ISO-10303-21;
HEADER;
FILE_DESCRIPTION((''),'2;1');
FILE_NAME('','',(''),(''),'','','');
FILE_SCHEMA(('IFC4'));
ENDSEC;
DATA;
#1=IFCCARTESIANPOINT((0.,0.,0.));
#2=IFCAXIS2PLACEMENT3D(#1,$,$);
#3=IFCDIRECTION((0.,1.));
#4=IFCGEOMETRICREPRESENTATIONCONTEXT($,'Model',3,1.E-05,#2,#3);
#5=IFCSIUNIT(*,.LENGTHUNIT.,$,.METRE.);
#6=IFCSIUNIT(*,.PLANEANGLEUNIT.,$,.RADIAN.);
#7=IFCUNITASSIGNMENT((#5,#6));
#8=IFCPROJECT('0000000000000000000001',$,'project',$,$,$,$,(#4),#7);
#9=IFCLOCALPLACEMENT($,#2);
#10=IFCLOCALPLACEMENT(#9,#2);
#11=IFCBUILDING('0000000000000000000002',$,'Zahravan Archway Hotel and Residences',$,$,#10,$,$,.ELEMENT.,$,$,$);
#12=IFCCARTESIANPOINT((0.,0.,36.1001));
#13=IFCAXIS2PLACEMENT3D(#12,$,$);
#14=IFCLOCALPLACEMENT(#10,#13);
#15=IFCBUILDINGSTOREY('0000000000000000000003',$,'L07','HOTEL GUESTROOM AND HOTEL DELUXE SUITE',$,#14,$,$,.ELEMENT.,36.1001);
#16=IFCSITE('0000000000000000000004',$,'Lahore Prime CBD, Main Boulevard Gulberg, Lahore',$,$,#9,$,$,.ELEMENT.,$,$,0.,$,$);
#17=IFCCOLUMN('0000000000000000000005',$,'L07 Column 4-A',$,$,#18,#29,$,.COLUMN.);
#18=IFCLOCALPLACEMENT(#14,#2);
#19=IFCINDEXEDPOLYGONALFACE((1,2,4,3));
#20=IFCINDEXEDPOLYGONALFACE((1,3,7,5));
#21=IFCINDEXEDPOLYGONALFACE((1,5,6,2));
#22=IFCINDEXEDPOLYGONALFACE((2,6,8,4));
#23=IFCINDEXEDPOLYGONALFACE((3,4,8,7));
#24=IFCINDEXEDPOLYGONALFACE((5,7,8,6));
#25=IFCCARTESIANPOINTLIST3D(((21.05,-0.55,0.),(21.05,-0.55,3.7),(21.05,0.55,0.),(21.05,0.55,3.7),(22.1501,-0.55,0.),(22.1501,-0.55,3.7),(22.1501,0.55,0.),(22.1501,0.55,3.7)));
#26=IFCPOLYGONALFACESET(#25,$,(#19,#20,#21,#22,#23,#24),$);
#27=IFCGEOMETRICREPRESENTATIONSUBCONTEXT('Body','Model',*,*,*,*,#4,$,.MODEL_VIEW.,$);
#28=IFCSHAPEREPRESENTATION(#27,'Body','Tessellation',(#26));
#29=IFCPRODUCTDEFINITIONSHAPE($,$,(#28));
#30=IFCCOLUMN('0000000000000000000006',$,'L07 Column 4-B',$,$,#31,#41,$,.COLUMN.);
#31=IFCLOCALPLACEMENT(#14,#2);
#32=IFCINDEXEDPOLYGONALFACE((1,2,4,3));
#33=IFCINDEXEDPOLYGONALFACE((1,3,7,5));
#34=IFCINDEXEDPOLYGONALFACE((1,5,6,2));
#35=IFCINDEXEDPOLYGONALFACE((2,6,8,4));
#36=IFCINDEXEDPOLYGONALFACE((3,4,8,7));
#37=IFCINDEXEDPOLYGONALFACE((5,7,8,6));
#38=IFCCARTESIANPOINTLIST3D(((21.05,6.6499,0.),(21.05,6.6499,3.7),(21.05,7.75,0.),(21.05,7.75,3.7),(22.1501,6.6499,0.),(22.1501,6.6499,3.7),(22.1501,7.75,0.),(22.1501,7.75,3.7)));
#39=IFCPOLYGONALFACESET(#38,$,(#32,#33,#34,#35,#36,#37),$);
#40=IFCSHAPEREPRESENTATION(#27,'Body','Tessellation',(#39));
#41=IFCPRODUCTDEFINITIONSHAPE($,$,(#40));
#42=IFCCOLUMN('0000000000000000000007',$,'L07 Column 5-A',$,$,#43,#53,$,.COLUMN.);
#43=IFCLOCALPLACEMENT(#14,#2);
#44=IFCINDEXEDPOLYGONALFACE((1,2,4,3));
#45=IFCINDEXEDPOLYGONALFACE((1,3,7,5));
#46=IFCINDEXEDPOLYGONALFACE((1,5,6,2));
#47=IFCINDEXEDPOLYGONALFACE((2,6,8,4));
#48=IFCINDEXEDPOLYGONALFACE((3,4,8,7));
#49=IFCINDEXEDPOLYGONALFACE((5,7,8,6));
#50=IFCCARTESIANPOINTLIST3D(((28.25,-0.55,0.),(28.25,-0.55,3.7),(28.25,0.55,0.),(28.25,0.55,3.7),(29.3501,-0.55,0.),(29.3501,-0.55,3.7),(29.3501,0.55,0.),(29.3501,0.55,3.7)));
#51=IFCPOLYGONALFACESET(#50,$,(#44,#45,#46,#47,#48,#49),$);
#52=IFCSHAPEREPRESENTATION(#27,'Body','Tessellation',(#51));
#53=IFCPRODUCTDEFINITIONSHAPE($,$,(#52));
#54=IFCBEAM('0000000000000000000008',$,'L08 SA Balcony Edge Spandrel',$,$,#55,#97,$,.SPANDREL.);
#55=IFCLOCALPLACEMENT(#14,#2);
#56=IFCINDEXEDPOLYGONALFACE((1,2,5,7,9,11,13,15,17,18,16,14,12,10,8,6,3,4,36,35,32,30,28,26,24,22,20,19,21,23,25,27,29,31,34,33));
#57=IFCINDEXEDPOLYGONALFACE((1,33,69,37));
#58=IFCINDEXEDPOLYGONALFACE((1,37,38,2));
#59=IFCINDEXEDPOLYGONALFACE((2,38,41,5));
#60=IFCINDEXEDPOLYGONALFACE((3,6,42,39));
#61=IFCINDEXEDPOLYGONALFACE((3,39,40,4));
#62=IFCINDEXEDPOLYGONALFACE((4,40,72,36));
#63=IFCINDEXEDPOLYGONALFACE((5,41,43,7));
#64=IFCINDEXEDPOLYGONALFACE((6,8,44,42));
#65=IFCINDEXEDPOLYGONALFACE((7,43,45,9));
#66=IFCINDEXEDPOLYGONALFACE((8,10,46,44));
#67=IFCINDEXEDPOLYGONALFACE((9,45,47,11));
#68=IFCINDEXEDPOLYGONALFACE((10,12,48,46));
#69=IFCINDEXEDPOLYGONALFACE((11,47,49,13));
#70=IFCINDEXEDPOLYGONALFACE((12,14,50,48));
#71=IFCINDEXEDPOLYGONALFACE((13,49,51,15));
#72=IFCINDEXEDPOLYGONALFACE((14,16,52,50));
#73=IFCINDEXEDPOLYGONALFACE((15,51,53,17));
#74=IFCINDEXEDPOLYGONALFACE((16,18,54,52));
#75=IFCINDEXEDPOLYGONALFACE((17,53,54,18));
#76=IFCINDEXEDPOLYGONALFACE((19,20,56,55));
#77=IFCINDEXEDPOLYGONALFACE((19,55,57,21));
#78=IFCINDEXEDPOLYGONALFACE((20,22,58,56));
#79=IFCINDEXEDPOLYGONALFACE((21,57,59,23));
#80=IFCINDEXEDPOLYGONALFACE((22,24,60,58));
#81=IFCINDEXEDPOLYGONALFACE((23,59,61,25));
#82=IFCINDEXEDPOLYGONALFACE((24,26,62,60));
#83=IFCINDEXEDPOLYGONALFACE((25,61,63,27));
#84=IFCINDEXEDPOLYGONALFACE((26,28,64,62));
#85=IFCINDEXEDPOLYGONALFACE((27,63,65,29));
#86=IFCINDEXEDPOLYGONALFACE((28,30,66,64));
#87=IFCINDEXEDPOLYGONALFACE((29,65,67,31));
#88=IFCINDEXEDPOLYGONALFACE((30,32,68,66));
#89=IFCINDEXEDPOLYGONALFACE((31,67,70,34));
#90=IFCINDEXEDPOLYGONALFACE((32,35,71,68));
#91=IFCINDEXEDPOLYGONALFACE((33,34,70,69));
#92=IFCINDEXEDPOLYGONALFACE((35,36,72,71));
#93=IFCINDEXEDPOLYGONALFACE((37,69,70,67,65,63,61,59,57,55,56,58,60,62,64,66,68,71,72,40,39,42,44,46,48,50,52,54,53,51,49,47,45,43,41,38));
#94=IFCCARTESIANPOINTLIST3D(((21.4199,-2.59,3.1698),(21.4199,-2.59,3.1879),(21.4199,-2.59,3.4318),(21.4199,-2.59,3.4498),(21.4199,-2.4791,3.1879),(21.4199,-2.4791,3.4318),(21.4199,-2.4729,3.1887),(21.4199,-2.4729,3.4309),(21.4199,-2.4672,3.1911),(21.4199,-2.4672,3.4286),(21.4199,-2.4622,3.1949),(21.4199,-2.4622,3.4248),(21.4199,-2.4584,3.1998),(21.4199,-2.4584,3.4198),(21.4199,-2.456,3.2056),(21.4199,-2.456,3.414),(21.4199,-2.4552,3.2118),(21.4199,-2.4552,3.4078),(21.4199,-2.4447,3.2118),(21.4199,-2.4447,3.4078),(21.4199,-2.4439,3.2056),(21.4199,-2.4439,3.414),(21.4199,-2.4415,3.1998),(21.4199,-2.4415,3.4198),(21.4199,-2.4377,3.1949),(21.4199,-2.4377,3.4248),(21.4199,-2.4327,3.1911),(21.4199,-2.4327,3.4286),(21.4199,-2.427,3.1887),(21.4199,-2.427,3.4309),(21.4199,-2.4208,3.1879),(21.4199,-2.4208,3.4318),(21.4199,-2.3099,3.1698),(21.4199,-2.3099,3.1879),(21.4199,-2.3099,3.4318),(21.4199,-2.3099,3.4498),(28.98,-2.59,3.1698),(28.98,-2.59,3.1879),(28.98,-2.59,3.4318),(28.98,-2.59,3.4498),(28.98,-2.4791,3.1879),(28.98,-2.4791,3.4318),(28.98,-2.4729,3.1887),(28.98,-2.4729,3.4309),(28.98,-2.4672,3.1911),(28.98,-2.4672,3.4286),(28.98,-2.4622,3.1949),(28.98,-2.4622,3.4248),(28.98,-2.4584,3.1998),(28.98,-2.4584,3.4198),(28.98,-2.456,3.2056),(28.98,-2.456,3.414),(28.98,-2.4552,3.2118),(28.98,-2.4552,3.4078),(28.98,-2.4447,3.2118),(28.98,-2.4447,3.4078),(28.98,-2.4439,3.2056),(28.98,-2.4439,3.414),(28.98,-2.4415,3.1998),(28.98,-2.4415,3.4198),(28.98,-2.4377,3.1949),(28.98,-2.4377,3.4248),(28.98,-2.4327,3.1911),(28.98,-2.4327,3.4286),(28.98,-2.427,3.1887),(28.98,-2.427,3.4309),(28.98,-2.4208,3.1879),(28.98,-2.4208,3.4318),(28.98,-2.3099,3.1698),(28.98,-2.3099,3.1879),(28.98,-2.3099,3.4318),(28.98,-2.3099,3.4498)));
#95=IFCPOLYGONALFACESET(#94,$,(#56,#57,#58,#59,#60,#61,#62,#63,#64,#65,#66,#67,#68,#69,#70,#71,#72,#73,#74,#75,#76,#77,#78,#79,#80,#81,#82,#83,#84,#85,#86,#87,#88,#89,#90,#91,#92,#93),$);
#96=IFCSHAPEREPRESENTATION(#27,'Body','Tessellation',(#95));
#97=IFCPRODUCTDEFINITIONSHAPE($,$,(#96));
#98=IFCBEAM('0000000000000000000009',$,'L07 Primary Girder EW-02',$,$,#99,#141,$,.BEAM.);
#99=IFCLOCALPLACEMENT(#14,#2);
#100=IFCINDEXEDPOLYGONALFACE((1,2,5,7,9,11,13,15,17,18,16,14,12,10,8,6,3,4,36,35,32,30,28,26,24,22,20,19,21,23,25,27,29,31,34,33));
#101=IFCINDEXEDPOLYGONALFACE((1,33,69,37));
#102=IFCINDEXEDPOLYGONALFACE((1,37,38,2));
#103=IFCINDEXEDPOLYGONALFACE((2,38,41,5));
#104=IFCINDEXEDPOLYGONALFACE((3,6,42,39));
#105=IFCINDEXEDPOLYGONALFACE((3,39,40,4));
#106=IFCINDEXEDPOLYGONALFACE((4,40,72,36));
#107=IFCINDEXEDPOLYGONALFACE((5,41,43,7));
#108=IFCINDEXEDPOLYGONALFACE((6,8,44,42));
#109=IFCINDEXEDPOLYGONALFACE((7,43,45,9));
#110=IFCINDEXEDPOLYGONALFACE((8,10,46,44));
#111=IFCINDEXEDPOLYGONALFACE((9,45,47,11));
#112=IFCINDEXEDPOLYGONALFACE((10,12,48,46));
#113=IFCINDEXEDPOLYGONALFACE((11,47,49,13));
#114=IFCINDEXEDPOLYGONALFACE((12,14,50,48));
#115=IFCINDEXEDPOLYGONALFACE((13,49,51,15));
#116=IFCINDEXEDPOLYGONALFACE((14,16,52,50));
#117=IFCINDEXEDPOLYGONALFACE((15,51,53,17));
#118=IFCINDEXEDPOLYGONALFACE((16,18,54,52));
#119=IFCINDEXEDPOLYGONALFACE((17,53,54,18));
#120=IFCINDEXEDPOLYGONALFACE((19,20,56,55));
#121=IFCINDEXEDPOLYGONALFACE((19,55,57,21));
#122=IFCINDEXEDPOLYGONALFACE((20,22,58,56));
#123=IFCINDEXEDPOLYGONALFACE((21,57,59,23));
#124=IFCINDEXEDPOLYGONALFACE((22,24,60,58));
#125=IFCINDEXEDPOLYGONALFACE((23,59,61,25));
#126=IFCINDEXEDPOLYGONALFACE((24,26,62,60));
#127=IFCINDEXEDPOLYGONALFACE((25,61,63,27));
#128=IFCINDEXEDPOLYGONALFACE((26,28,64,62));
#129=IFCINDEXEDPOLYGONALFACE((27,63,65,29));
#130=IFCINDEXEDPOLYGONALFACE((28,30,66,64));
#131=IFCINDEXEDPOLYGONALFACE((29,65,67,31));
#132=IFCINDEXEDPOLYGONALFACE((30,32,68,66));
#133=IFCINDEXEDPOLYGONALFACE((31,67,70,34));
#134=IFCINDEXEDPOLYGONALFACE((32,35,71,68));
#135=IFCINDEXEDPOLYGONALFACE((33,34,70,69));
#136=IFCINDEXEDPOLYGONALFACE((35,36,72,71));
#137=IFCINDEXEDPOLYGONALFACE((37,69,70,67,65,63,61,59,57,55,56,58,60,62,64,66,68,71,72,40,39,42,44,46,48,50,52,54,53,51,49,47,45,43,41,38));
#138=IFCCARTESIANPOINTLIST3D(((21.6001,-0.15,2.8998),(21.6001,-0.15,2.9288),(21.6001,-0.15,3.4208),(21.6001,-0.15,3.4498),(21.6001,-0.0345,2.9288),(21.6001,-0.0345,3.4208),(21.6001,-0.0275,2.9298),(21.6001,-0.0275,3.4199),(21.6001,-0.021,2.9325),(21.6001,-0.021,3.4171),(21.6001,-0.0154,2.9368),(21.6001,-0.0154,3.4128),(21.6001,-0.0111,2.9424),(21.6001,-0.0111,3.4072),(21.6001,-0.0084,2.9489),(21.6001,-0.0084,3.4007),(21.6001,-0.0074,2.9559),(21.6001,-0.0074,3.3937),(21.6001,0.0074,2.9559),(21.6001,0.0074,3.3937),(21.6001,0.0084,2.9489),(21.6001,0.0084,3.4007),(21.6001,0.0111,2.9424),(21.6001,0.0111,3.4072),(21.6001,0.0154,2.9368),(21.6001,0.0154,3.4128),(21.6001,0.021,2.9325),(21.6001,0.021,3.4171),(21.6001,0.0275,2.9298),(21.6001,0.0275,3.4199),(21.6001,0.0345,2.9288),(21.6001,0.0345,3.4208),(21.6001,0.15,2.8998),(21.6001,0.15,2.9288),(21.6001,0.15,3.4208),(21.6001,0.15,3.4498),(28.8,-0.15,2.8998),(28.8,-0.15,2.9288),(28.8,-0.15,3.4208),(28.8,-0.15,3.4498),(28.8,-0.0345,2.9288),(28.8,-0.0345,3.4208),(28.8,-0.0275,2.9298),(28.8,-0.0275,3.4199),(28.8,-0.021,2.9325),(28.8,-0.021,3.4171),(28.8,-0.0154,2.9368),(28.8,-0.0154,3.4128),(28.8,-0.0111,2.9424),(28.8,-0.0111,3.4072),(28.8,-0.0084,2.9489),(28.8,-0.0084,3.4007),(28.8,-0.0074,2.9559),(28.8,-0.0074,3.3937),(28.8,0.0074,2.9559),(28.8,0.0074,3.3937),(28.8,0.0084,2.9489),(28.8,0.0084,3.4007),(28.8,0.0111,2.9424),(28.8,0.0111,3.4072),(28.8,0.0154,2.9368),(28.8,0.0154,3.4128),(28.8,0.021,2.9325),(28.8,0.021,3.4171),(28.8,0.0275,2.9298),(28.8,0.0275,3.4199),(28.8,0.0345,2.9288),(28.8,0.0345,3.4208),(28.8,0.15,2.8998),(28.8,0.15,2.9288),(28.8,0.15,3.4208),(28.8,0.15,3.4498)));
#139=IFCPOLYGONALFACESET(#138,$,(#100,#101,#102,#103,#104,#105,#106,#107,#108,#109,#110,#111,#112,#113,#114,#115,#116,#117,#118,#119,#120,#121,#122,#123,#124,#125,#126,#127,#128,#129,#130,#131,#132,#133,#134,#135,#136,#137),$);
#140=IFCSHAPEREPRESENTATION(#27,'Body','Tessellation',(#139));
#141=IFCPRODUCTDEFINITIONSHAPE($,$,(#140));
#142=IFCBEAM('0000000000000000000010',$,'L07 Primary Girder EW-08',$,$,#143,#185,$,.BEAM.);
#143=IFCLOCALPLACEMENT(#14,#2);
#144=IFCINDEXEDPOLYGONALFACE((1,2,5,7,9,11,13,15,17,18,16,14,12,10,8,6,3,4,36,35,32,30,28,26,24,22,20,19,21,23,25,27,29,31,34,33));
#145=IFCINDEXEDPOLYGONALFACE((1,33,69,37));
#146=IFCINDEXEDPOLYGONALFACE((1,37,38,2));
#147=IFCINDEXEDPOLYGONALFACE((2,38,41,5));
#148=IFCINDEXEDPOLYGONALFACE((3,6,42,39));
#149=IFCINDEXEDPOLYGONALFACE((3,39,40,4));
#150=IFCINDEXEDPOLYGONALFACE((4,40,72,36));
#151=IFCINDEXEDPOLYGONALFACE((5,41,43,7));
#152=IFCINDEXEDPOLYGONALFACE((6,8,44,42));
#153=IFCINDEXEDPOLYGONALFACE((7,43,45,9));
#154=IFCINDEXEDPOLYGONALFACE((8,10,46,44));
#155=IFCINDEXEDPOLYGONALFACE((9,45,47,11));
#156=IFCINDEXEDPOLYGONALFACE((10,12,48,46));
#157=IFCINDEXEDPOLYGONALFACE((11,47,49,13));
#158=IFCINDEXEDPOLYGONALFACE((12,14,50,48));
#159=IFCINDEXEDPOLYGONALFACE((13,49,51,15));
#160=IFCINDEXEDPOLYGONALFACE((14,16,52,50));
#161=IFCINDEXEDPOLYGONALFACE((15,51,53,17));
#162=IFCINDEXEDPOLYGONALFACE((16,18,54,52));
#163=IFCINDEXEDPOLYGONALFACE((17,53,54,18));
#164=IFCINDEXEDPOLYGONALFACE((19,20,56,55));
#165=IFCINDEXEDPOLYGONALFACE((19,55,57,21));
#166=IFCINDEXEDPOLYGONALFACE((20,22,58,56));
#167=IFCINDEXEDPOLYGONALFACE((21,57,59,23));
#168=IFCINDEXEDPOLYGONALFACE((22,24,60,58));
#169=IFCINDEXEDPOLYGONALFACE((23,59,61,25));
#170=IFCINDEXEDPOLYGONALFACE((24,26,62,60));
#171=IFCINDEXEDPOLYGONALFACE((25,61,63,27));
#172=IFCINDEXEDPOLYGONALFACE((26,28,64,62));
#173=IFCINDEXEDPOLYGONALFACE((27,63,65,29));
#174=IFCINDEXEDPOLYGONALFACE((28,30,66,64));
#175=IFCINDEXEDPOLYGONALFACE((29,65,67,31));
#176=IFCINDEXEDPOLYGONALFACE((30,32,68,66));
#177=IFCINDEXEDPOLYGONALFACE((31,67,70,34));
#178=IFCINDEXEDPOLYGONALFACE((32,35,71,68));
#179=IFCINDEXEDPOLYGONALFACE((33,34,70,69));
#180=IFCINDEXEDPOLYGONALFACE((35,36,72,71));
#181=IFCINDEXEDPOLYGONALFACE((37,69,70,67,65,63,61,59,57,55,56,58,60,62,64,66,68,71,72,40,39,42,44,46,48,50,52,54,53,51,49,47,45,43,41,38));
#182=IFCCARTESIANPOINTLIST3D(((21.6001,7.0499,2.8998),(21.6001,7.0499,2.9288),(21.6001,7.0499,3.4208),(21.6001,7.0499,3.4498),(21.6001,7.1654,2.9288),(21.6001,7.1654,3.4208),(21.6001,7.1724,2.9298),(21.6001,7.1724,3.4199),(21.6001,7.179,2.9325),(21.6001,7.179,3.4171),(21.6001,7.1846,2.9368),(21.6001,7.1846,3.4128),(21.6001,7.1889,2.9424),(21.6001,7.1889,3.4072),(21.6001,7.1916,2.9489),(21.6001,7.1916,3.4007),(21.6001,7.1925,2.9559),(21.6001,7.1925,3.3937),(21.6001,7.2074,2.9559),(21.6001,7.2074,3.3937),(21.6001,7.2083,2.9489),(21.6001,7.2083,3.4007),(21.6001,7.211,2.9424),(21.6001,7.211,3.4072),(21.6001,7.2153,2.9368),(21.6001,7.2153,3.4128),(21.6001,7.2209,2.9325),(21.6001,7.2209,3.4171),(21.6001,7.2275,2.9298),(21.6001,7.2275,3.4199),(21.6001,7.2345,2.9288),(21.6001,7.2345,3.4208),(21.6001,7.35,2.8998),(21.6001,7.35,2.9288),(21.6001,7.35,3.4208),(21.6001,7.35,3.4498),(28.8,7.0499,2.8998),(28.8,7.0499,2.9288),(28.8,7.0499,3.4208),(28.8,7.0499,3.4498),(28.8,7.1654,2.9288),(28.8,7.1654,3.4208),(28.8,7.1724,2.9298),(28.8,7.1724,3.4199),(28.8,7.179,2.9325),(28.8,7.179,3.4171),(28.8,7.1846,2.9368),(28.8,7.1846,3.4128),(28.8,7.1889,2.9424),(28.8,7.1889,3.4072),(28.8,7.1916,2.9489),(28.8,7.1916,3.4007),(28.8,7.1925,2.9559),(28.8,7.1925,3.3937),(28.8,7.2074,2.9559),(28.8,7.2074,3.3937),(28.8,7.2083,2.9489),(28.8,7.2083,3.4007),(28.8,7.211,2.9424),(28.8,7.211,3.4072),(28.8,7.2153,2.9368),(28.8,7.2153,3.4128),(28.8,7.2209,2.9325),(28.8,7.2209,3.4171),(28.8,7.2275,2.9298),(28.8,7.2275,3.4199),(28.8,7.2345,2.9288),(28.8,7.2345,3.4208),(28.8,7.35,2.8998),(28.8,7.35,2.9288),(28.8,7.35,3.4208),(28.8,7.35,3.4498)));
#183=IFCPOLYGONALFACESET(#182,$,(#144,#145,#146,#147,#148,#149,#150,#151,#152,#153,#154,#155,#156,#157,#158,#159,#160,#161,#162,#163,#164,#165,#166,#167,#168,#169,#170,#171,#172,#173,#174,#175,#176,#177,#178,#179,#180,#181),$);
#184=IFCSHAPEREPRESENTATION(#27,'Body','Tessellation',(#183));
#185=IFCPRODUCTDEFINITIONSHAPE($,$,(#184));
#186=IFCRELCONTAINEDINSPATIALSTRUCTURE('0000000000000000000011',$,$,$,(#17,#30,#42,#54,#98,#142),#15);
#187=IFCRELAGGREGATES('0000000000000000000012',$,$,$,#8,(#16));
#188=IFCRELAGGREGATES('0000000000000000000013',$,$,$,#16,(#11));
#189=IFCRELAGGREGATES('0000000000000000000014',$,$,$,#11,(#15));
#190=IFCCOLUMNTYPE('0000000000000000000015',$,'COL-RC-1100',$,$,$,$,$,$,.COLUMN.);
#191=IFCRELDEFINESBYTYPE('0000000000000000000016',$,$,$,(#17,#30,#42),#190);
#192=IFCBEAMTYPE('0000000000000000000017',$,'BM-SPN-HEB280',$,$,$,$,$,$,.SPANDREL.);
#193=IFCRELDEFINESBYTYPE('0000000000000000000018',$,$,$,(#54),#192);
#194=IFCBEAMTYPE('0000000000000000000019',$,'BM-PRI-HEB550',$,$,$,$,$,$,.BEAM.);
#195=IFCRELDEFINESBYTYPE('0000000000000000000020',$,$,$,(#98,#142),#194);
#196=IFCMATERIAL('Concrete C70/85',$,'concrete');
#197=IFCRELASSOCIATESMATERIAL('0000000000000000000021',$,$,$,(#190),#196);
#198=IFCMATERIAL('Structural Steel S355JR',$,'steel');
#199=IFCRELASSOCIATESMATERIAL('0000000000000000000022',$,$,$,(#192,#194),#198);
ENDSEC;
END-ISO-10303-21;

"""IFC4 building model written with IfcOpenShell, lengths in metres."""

from ifc_helpers import new_model, si_unit, direction, frame, origin, origin_2d, place, context, subcontext, project, spatial, rectangle, i_section, extrude, source, transform, mapped, material, material_profile, profile_set, type_object, type_shapes, element, save


model = new_model("IFC4")

# Units and contexts
model_context = context("Model", 3, precision=1e-05, world=origin(), true_north=direction((0.0, 1.0)))
body_context = subcontext(model_context, "Body", "Model", "MODEL_VIEW")
ifc_project = project(units=[si_unit("LENGTHUNIT", "METRE"), si_unit("PLANEANGLEUNIT", "RADIAN")], contexts=[model_context])

# Site, building, storey
site_placement = place(None, origin())
site = spatial("IfcSite", under=ifc_project, at=site_placement, Name="Lahore Prime CBD, Main Boulevard Gulberg, Lahore", CompositionType="ELEMENT", RefElevation=0.0)
building_placement = place(site_placement, origin())
building = spatial("IfcBuilding", under=site, at=building_placement, Name="Zahravan Archway Hotel and Residences", CompositionType="ELEMENT")
storey_placement = place(building_placement, frame((0.0, 0.0, 36.1001)))
storey = spatial("IfcBuildingStorey", under=building, at=storey_placement, Name="L07", Description="HOTEL GUESTROOM AND HOTEL DELUXE SUITE", CompositionType="ELEMENT", Elevation=36.1001)

# Columns
ifc_material_1 = material(Name="Concrete C70/85", Category="concrete")
ifc_material_profile_1 = material_profile(ifc_material_1, rectangle(XDim=1.1001, YDim=1.1001, at=origin_2d()), Name="RC 1100x1100", Category="concrete")
ifc_profile_set_1 = profile_set([ifc_material_profile_1], Name="Concrete C70/85")
column_type = type_object("IfcColumnType", Name="COL-RC-1100", PredefinedType="COLUMN", material=ifc_profile_set_1)
shared_shape_1 = source(origin(), body_context, "Body", "SweptSolid", [
    extrude(rectangle(XDim=1.1001, YDim=1.1001, at=origin_2d()), origin(), (0.0, 0.0, 1.0), 3.7),
])
for number, where, z_axis, x_axis, name in (
    (1, (21.6001, 0.0, 0.0), (0.0, 0.0, 1.0), (1.0, 0.0, 0.0), "L07 Column 4-A"),
    (2, (21.6001, 7.2, 0.0), (0.0, 0.0, 1.0), (1.0, 0.0, 0.0), "L07 Column 4-B"),
    (3, (28.8, 0.0, 0.0), (0.0, 0.0, 1.0), (1.0, 0.0, 0.0), "L07 Column 5-A"),
):
    element("IfcColumn", number, at=place(storey_placement, frame(where, z_axis=z_axis, x_axis=x_axis)), inside=storey, type_object=column_type, Name=name, PredefinedType="COLUMN", context=body_context, shape_type="MappedRepresentation", body=[
        mapped(shared_shape_1, transform((0.0, 0.0, 0.0), scale=1.0)),
    ])

# Beams
ifc_material_2 = material(Name="Structural Steel S355JR", Category="steel")
ifc_material_profile_2 = material_profile(ifc_material_2, i_section(OverallWidth=0.28, OverallDepth=0.28, WebThickness=0.0105, FlangeThickness=0.0181, FilletRadius=0.0239, at=origin_2d()), Name="HEB 280", Category="steel")
ifc_profile_set_2 = profile_set([ifc_material_profile_2], Name="Structural Steel S355JR")
beam_type_1 = type_object("IfcBeamType", Name="BM-SPN-HEB280", PredefinedType="SPANDREL", material=ifc_profile_set_2)
shared_shape_2 = source(origin(), body_context, "Body", "SweptSolid", [
    extrude(i_section(OverallWidth=0.28, OverallDepth=0.28, WebThickness=0.0105, FlangeThickness=0.0181, FilletRadius=0.0239, at=origin_2d()), origin(), (0.0, 0.0, 1.0), 7.5601),
])
type_shapes(beam_type_1, [shared_shape_2])
beam_1_placement = place(storey_placement, frame((21.4199, -2.45, 3.3098), z_axis=(1.0, 0.0, 0.0), x_axis=(0.0, 1.0, 0.0)))
element("IfcBeam", 4, at=beam_1_placement, inside=storey, type_object=beam_type_1, Name="L08 SA Balcony Edge Spandrel", PredefinedType="SPANDREL", context=body_context, shape_type="MappedRepresentation", body=[
    mapped(shared_shape_2, transform((0.0, 0.0, 0.0), scale=1.0)),
])
ifc_material_profile_3 = material_profile(ifc_material_2, i_section(OverallWidth=0.3, OverallDepth=0.55, WebThickness=0.0149, FlangeThickness=0.0291, FilletRadius=0.0271, at=origin_2d()), Name="HEB 550", Category="steel")
ifc_profile_set_3 = profile_set([ifc_material_profile_3], Name="Structural Steel S355JR")
beam_type_2 = type_object("IfcBeamType", Name="BM-PRI-HEB550", PredefinedType="BEAM", material=ifc_profile_set_3)
shared_shape_3 = source(origin(), body_context, "Body", "SweptSolid", [
    extrude(i_section(OverallWidth=0.3, OverallDepth=0.55, WebThickness=0.0149, FlangeThickness=0.0291, FilletRadius=0.0271, at=origin_2d()), origin(), (0.0, 0.0, 1.0), 7.2),
])
for number, where, z_axis, x_axis, name in (
    (5, (21.6001, 0.0, 3.1748), (1.0, 0.0, 0.0), (0.0, 1.0, 0.0), "L07 Primary Girder EW-02"),
    (6, (21.6001, 7.2, 3.1748), (1.0, 0.0, 0.0), (0.0, 1.0, 0.0), "L07 Primary Girder EW-08"),
):
    element("IfcBeam", number, at=place(storey_placement, frame(where, z_axis=z_axis, x_axis=x_axis)), inside=storey, type_object=beam_type_2, Name=name, PredefinedType="BEAM", context=body_context, shape_type="MappedRepresentation", body=[
        mapped(shared_shape_3, transform((0.0, 0.0, 0.0), scale=1.0)),
    ])

save(model, "model.ifc")
